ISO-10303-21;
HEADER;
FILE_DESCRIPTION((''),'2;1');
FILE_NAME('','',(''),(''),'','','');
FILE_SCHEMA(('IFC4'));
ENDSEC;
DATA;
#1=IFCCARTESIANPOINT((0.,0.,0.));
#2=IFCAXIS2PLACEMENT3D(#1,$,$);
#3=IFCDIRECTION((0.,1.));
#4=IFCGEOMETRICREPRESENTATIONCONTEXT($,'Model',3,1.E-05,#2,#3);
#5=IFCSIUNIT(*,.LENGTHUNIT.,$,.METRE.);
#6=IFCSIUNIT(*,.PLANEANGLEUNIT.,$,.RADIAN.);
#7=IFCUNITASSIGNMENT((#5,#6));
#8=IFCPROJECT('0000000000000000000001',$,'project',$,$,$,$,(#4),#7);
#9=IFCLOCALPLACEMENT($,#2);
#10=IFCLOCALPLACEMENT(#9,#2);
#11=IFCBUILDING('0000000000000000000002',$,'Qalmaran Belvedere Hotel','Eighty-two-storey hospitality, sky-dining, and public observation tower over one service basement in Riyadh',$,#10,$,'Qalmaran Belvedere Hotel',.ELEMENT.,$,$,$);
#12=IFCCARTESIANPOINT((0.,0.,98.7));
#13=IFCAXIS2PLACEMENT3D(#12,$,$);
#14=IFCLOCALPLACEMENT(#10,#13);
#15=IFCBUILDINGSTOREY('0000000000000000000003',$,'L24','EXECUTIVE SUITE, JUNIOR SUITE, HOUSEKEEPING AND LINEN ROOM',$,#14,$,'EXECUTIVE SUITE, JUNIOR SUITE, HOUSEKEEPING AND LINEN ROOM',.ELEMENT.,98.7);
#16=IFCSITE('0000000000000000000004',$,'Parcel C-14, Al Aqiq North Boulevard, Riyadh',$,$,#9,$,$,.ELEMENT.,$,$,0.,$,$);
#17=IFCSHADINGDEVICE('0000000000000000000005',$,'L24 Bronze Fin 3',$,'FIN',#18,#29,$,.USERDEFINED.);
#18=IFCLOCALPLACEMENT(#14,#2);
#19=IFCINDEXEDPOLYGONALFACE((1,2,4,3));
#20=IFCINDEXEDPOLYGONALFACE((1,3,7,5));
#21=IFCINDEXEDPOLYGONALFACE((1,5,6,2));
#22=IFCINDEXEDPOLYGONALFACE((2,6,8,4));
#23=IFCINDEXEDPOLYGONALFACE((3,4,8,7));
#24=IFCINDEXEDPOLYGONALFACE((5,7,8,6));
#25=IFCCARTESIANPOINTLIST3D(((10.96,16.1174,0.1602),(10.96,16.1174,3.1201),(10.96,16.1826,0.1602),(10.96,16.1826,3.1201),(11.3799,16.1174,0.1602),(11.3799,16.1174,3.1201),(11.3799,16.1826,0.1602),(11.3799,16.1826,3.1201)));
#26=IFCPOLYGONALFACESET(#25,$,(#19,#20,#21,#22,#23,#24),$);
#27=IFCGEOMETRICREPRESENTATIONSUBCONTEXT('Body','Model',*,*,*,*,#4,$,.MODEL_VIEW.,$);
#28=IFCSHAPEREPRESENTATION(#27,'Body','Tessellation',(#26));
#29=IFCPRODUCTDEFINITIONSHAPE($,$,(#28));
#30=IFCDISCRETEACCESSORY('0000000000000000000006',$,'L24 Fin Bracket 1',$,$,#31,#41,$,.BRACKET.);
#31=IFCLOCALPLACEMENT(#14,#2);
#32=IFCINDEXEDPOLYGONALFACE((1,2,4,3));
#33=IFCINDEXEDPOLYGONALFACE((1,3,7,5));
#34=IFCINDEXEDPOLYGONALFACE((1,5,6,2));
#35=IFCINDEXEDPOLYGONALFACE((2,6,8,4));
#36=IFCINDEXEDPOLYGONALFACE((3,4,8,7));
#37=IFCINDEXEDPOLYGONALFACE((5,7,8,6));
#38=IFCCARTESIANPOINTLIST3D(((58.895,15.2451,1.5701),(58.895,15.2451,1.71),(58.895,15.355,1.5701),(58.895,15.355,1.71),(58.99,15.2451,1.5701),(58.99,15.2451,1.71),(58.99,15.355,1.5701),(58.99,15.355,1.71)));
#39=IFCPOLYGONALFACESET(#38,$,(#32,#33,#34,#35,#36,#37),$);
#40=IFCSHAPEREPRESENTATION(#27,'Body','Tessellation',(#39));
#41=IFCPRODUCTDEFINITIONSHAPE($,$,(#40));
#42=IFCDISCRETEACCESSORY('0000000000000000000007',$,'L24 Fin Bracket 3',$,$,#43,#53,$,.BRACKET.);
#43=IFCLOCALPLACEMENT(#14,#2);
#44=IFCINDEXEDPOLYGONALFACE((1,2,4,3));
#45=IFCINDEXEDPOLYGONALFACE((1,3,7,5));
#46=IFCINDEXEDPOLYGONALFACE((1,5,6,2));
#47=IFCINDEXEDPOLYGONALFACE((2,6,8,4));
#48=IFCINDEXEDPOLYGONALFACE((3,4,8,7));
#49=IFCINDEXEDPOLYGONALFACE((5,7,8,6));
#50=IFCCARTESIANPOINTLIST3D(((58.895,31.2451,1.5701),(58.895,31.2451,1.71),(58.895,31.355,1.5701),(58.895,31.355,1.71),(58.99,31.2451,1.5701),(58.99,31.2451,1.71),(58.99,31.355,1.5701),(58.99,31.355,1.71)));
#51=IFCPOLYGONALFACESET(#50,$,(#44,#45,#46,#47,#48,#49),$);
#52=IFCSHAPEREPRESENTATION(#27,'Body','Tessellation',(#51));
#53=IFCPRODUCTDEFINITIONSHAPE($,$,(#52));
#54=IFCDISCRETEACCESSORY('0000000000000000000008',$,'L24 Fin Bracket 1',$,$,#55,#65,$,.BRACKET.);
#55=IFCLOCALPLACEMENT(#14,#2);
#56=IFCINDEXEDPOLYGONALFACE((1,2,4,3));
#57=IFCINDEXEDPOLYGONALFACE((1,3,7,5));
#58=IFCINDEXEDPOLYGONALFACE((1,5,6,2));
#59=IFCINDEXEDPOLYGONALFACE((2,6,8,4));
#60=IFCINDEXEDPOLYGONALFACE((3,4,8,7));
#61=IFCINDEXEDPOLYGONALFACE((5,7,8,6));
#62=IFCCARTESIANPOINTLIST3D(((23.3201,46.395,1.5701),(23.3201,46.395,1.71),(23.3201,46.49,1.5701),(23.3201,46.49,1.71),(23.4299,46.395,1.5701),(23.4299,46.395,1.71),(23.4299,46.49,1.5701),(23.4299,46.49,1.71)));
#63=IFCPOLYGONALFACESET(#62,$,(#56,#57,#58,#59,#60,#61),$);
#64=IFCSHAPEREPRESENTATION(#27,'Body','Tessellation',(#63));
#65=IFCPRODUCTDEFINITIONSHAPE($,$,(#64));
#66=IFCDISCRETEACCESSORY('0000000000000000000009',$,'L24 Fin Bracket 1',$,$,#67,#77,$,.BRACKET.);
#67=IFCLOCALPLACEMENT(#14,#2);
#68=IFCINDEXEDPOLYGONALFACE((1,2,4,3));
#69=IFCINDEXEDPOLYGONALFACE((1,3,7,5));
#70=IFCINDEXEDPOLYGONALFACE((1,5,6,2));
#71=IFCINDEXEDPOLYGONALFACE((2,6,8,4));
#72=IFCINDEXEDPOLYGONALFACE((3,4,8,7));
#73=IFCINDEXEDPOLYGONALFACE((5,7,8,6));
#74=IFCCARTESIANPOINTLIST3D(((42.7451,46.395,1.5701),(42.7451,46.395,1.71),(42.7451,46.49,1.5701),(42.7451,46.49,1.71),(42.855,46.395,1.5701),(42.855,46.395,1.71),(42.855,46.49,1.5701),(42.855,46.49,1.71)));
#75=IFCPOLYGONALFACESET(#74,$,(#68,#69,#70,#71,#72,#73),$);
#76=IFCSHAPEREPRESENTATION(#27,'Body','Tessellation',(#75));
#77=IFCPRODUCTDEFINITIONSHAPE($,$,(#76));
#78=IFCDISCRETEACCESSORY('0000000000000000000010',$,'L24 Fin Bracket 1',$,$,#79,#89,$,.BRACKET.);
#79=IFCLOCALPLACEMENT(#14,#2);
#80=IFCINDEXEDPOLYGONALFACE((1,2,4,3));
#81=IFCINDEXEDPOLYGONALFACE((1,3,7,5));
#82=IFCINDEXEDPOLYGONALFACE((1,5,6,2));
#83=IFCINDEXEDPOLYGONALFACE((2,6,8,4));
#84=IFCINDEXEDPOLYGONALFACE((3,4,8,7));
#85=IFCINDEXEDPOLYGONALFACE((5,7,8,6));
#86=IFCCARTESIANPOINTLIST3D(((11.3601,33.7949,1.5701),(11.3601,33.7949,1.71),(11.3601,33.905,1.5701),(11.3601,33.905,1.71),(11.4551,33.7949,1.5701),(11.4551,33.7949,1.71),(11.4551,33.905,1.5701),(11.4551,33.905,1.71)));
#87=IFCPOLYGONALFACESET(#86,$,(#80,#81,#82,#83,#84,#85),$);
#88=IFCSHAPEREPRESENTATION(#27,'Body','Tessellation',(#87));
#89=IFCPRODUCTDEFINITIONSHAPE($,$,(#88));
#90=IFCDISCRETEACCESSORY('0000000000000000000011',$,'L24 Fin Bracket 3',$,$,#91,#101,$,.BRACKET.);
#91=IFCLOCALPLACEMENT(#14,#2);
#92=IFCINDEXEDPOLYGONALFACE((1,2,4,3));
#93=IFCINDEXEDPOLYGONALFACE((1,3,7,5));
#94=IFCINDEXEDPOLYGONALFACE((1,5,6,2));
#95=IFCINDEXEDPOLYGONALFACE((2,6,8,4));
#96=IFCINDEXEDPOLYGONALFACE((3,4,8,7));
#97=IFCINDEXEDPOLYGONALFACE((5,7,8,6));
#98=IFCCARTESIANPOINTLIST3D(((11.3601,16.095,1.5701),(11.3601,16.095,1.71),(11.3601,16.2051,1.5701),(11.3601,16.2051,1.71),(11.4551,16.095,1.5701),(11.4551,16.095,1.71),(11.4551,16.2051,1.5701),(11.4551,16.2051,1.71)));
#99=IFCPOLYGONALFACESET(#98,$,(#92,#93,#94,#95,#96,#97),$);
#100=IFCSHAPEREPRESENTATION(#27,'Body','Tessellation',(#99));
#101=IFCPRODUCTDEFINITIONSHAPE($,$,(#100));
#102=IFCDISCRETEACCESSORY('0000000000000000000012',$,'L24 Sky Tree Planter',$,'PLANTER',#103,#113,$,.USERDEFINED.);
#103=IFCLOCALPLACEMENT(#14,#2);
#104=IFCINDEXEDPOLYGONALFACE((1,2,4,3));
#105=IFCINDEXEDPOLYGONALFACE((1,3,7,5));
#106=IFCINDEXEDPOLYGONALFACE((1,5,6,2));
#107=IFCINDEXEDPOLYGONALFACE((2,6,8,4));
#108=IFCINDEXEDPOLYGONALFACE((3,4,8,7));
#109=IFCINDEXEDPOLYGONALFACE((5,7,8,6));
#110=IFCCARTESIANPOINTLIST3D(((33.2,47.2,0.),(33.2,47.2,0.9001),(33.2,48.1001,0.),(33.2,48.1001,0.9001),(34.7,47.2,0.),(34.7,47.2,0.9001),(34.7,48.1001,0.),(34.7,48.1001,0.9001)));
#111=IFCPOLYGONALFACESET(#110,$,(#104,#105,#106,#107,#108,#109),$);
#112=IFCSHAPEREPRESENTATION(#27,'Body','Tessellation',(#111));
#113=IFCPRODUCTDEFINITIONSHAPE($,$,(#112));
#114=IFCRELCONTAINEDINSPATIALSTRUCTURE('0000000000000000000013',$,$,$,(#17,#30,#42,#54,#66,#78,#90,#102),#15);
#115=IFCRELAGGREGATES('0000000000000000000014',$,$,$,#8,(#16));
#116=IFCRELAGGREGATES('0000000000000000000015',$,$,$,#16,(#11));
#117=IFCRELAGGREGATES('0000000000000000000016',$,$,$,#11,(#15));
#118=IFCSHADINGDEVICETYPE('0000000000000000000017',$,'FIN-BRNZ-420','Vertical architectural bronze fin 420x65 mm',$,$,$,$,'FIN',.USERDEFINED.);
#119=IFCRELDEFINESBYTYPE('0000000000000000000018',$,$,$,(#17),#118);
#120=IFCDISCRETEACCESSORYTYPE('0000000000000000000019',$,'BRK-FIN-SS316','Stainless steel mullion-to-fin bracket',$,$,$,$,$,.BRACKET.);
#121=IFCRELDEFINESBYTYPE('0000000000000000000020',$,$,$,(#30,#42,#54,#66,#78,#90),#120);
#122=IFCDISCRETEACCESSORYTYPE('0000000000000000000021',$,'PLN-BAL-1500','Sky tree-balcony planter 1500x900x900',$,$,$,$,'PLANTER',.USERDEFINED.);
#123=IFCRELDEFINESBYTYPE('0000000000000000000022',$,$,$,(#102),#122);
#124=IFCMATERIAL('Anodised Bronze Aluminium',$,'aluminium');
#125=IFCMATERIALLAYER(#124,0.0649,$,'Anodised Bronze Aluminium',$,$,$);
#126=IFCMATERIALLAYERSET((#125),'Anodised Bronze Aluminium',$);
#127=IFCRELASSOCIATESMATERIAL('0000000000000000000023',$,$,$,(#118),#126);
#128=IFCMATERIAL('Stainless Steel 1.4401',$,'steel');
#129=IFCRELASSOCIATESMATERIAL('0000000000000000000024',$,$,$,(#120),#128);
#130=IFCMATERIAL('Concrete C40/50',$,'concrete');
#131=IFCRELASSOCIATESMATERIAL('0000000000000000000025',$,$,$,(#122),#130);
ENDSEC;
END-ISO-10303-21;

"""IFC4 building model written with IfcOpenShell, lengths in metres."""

from ifc_helpers import new_model, si_unit, direction, frame, origin, place, context, subcontext, project, spatial, polyline, outline, extrude, material, layer, layer_set, type_object, element, save


model = new_model("IFC4")

# Units and contexts
model_context = context("Model", 3, precision=1e-05, world=origin(), true_north=direction((0.0, 1.0)))
body_context = subcontext(model_context, "Body", "Model", "MODEL_VIEW")
ifc_project = project(units=[si_unit("LENGTHUNIT", "METRE"), si_unit("PLANEANGLEUNIT", "RADIAN")], contexts=[model_context])

# Site, building, storey
site_placement = place(None, origin())
site = spatial("IfcSite", under=ifc_project, at=site_placement, Name="Parcel C-14, Al Aqiq North Boulevard, Riyadh", CompositionType="ELEMENT", RefElevation=0.0)
building_placement = place(site_placement, origin())
building = spatial("IfcBuilding", under=site, at=building_placement, Name="Qalmaran Belvedere Hotel", Description="Eighty-two-storey hospitality, sky-dining, and public observation tower over one service basement in Riyadh", LongName="Qalmaran Belvedere Hotel", CompositionType="ELEMENT")
storey_placement = place(building_placement, frame((0.0, 0.0, 98.7)))
storey = spatial("IfcBuildingStorey", under=building, at=storey_placement, Name="L24", Description="EXECUTIVE SUITE, JUNIOR SUITE, HOUSEKEEPING AND LINEN ROOM", LongName="EXECUTIVE SUITE, JUNIOR SUITE, HOUSEKEEPING AND LINEN ROOM", CompositionType="ELEMENT", Elevation=98.7)

# Shared definitions
ifc_material_1 = material(Name="Anodised Bronze Aluminium", Category="aluminium")

# Shared definitions
ifc_material_2 = material(Name="Concrete C40/50", Category="concrete")

# Shading device
ifc_layer_1 = layer(ifc_material_1, 0.0649, Name="Anodised Bronze Aluminium")
ifc_layer_set_1 = layer_set([ifc_layer_1], Name="Anodised Bronze Aluminium")
shading_device_type = type_object("IfcShadingDeviceType", Name="FIN-BRNZ-420", Description="Vertical architectural bronze fin 420x65 mm", ElementType="FIN", PredefinedType="USERDEFINED", material=ifc_layer_set_1)
shading_device_1_placement = place(storey_placement, frame((0.0, 0.0, 0.1602)))
element("IfcShadingDevice", 1, at=shading_device_1_placement, inside=storey, type_object=shading_device_type, Name="L24 Bronze Fin 3", ObjectType="FIN", PredefinedType="USERDEFINED", context=body_context, shape_type="SweptSolid", body=[
    extrude(outline(polyline([(11.3799, 16.1826), (10.96, 16.1826), (10.96, 16.1174), (11.3799, 16.1174), (11.3799, 16.1826)])), origin(), (0.0, 0.0, 1.0), 2.96),
])

# Discrete accessories
ifc_material_3 = material(Name="Stainless Steel 1.4401", Category="steel")
discrete_accessory_type_1 = type_object("IfcDiscreteAccessoryType", Name="BRK-FIN-SS316", Description="Stainless steel mullion-to-fin bracket", PredefinedType="BRACKET", material=ifc_material_3)
discrete_accessory_1_placement = place(storey_placement, frame((0.0, 0.0, 1.5701)))
element("IfcDiscreteAccessory", 2, at=discrete_accessory_1_placement, inside=storey, type_object=discrete_accessory_type_1, Name="L24 Fin Bracket 1", PredefinedType="BRACKET", context=body_context, shape_type="SweptSolid", body=[
    extrude(outline(polyline([(58.895, 15.2451), (58.99, 15.2451), (58.99, 15.355), (58.895, 15.355), (58.895, 15.2451)])), origin(), (0.0, 0.0, 1.0), 0.1399),
])
discrete_accessory_2_placement = place(storey_placement, frame((0.0, 0.0, 1.5701)))
element("IfcDiscreteAccessory", 3, at=discrete_accessory_2_placement, inside=storey, type_object=discrete_accessory_type_1, Name="L24 Fin Bracket 3", PredefinedType="BRACKET", context=body_context, shape_type="SweptSolid", body=[
    extrude(outline(polyline([(58.895, 31.2451), (58.99, 31.2451), (58.99, 31.355), (58.895, 31.355), (58.895, 31.2451)])), origin(), (0.0, 0.0, 1.0), 0.1399),
])
discrete_accessory_3_placement = place(storey_placement, frame((0.0, 0.0, 1.5701)))
element("IfcDiscreteAccessory", 4, at=discrete_accessory_3_placement, inside=storey, type_object=discrete_accessory_type_1, Name="L24 Fin Bracket 1", PredefinedType="BRACKET", context=body_context, shape_type="SweptSolid", body=[
    extrude(outline(polyline([(23.4299, 46.395), (23.4299, 46.49), (23.3201, 46.49), (23.3201, 46.395), (23.4299, 46.395)])), origin(), (0.0, 0.0, 1.0), 0.1399),
])
discrete_accessory_4_placement = place(storey_placement, frame((0.0, 0.0, 1.5701)))
element("IfcDiscreteAccessory", 5, at=discrete_accessory_4_placement, inside=storey, type_object=discrete_accessory_type_1, Name="L24 Fin Bracket 1", PredefinedType="BRACKET", context=body_context, shape_type="SweptSolid", body=[
    extrude(outline(polyline([(42.855, 46.395), (42.855, 46.49), (42.7451, 46.49), (42.7451, 46.395), (42.855, 46.395)])), origin(), (0.0, 0.0, 1.0), 0.1399),
])
discrete_accessory_5_placement = place(storey_placement, frame((0.0, 0.0, 1.5701)))
element("IfcDiscreteAccessory", 6, at=discrete_accessory_5_placement, inside=storey, type_object=discrete_accessory_type_1, Name="L24 Fin Bracket 1", PredefinedType="BRACKET", context=body_context, shape_type="SweptSolid", body=[
    extrude(outline(polyline([(11.4551, 33.905), (11.3601, 33.905), (11.3601, 33.7949), (11.4551, 33.7949), (11.4551, 33.905)])), origin(), (0.0, 0.0, 1.0), 0.1399),
])
discrete_accessory_6_placement = place(storey_placement, frame((0.0, 0.0, 1.5701)))
element("IfcDiscreteAccessory", 7, at=discrete_accessory_6_placement, inside=storey, type_object=discrete_accessory_type_1, Name="L24 Fin Bracket 3", PredefinedType="BRACKET", context=body_context, shape_type="SweptSolid", body=[
    extrude(outline(polyline([(11.4551, 16.2051), (11.3601, 16.2051), (11.3601, 16.095), (11.4551, 16.095), (11.4551, 16.2051)])), origin(), (0.0, 0.0, 1.0), 0.1399),
])
discrete_accessory_type_2 = type_object("IfcDiscreteAccessoryType", Name="PLN-BAL-1500", Description="Sky tree-balcony planter 1500x900x900", ElementType="PLANTER", PredefinedType="USERDEFINED", material=ifc_material_2)
discrete_accessory_7_placement = place(storey_placement, origin())
element("IfcDiscreteAccessory", 8, at=discrete_accessory_7_placement, inside=storey, type_object=discrete_accessory_type_2, Name="L24 Sky Tree Planter", ObjectType="PLANTER", PredefinedType="USERDEFINED", context=body_context, shape_type="SweptSolid", body=[
    extrude(outline(polyline([(33.2, 47.2), (34.7, 47.2), (34.7, 48.1001), (33.2, 48.1001), (33.2, 47.2)])), origin(), (0.0, 0.0, 1.0), 0.9001),
])

save(model, "model.ifc")
